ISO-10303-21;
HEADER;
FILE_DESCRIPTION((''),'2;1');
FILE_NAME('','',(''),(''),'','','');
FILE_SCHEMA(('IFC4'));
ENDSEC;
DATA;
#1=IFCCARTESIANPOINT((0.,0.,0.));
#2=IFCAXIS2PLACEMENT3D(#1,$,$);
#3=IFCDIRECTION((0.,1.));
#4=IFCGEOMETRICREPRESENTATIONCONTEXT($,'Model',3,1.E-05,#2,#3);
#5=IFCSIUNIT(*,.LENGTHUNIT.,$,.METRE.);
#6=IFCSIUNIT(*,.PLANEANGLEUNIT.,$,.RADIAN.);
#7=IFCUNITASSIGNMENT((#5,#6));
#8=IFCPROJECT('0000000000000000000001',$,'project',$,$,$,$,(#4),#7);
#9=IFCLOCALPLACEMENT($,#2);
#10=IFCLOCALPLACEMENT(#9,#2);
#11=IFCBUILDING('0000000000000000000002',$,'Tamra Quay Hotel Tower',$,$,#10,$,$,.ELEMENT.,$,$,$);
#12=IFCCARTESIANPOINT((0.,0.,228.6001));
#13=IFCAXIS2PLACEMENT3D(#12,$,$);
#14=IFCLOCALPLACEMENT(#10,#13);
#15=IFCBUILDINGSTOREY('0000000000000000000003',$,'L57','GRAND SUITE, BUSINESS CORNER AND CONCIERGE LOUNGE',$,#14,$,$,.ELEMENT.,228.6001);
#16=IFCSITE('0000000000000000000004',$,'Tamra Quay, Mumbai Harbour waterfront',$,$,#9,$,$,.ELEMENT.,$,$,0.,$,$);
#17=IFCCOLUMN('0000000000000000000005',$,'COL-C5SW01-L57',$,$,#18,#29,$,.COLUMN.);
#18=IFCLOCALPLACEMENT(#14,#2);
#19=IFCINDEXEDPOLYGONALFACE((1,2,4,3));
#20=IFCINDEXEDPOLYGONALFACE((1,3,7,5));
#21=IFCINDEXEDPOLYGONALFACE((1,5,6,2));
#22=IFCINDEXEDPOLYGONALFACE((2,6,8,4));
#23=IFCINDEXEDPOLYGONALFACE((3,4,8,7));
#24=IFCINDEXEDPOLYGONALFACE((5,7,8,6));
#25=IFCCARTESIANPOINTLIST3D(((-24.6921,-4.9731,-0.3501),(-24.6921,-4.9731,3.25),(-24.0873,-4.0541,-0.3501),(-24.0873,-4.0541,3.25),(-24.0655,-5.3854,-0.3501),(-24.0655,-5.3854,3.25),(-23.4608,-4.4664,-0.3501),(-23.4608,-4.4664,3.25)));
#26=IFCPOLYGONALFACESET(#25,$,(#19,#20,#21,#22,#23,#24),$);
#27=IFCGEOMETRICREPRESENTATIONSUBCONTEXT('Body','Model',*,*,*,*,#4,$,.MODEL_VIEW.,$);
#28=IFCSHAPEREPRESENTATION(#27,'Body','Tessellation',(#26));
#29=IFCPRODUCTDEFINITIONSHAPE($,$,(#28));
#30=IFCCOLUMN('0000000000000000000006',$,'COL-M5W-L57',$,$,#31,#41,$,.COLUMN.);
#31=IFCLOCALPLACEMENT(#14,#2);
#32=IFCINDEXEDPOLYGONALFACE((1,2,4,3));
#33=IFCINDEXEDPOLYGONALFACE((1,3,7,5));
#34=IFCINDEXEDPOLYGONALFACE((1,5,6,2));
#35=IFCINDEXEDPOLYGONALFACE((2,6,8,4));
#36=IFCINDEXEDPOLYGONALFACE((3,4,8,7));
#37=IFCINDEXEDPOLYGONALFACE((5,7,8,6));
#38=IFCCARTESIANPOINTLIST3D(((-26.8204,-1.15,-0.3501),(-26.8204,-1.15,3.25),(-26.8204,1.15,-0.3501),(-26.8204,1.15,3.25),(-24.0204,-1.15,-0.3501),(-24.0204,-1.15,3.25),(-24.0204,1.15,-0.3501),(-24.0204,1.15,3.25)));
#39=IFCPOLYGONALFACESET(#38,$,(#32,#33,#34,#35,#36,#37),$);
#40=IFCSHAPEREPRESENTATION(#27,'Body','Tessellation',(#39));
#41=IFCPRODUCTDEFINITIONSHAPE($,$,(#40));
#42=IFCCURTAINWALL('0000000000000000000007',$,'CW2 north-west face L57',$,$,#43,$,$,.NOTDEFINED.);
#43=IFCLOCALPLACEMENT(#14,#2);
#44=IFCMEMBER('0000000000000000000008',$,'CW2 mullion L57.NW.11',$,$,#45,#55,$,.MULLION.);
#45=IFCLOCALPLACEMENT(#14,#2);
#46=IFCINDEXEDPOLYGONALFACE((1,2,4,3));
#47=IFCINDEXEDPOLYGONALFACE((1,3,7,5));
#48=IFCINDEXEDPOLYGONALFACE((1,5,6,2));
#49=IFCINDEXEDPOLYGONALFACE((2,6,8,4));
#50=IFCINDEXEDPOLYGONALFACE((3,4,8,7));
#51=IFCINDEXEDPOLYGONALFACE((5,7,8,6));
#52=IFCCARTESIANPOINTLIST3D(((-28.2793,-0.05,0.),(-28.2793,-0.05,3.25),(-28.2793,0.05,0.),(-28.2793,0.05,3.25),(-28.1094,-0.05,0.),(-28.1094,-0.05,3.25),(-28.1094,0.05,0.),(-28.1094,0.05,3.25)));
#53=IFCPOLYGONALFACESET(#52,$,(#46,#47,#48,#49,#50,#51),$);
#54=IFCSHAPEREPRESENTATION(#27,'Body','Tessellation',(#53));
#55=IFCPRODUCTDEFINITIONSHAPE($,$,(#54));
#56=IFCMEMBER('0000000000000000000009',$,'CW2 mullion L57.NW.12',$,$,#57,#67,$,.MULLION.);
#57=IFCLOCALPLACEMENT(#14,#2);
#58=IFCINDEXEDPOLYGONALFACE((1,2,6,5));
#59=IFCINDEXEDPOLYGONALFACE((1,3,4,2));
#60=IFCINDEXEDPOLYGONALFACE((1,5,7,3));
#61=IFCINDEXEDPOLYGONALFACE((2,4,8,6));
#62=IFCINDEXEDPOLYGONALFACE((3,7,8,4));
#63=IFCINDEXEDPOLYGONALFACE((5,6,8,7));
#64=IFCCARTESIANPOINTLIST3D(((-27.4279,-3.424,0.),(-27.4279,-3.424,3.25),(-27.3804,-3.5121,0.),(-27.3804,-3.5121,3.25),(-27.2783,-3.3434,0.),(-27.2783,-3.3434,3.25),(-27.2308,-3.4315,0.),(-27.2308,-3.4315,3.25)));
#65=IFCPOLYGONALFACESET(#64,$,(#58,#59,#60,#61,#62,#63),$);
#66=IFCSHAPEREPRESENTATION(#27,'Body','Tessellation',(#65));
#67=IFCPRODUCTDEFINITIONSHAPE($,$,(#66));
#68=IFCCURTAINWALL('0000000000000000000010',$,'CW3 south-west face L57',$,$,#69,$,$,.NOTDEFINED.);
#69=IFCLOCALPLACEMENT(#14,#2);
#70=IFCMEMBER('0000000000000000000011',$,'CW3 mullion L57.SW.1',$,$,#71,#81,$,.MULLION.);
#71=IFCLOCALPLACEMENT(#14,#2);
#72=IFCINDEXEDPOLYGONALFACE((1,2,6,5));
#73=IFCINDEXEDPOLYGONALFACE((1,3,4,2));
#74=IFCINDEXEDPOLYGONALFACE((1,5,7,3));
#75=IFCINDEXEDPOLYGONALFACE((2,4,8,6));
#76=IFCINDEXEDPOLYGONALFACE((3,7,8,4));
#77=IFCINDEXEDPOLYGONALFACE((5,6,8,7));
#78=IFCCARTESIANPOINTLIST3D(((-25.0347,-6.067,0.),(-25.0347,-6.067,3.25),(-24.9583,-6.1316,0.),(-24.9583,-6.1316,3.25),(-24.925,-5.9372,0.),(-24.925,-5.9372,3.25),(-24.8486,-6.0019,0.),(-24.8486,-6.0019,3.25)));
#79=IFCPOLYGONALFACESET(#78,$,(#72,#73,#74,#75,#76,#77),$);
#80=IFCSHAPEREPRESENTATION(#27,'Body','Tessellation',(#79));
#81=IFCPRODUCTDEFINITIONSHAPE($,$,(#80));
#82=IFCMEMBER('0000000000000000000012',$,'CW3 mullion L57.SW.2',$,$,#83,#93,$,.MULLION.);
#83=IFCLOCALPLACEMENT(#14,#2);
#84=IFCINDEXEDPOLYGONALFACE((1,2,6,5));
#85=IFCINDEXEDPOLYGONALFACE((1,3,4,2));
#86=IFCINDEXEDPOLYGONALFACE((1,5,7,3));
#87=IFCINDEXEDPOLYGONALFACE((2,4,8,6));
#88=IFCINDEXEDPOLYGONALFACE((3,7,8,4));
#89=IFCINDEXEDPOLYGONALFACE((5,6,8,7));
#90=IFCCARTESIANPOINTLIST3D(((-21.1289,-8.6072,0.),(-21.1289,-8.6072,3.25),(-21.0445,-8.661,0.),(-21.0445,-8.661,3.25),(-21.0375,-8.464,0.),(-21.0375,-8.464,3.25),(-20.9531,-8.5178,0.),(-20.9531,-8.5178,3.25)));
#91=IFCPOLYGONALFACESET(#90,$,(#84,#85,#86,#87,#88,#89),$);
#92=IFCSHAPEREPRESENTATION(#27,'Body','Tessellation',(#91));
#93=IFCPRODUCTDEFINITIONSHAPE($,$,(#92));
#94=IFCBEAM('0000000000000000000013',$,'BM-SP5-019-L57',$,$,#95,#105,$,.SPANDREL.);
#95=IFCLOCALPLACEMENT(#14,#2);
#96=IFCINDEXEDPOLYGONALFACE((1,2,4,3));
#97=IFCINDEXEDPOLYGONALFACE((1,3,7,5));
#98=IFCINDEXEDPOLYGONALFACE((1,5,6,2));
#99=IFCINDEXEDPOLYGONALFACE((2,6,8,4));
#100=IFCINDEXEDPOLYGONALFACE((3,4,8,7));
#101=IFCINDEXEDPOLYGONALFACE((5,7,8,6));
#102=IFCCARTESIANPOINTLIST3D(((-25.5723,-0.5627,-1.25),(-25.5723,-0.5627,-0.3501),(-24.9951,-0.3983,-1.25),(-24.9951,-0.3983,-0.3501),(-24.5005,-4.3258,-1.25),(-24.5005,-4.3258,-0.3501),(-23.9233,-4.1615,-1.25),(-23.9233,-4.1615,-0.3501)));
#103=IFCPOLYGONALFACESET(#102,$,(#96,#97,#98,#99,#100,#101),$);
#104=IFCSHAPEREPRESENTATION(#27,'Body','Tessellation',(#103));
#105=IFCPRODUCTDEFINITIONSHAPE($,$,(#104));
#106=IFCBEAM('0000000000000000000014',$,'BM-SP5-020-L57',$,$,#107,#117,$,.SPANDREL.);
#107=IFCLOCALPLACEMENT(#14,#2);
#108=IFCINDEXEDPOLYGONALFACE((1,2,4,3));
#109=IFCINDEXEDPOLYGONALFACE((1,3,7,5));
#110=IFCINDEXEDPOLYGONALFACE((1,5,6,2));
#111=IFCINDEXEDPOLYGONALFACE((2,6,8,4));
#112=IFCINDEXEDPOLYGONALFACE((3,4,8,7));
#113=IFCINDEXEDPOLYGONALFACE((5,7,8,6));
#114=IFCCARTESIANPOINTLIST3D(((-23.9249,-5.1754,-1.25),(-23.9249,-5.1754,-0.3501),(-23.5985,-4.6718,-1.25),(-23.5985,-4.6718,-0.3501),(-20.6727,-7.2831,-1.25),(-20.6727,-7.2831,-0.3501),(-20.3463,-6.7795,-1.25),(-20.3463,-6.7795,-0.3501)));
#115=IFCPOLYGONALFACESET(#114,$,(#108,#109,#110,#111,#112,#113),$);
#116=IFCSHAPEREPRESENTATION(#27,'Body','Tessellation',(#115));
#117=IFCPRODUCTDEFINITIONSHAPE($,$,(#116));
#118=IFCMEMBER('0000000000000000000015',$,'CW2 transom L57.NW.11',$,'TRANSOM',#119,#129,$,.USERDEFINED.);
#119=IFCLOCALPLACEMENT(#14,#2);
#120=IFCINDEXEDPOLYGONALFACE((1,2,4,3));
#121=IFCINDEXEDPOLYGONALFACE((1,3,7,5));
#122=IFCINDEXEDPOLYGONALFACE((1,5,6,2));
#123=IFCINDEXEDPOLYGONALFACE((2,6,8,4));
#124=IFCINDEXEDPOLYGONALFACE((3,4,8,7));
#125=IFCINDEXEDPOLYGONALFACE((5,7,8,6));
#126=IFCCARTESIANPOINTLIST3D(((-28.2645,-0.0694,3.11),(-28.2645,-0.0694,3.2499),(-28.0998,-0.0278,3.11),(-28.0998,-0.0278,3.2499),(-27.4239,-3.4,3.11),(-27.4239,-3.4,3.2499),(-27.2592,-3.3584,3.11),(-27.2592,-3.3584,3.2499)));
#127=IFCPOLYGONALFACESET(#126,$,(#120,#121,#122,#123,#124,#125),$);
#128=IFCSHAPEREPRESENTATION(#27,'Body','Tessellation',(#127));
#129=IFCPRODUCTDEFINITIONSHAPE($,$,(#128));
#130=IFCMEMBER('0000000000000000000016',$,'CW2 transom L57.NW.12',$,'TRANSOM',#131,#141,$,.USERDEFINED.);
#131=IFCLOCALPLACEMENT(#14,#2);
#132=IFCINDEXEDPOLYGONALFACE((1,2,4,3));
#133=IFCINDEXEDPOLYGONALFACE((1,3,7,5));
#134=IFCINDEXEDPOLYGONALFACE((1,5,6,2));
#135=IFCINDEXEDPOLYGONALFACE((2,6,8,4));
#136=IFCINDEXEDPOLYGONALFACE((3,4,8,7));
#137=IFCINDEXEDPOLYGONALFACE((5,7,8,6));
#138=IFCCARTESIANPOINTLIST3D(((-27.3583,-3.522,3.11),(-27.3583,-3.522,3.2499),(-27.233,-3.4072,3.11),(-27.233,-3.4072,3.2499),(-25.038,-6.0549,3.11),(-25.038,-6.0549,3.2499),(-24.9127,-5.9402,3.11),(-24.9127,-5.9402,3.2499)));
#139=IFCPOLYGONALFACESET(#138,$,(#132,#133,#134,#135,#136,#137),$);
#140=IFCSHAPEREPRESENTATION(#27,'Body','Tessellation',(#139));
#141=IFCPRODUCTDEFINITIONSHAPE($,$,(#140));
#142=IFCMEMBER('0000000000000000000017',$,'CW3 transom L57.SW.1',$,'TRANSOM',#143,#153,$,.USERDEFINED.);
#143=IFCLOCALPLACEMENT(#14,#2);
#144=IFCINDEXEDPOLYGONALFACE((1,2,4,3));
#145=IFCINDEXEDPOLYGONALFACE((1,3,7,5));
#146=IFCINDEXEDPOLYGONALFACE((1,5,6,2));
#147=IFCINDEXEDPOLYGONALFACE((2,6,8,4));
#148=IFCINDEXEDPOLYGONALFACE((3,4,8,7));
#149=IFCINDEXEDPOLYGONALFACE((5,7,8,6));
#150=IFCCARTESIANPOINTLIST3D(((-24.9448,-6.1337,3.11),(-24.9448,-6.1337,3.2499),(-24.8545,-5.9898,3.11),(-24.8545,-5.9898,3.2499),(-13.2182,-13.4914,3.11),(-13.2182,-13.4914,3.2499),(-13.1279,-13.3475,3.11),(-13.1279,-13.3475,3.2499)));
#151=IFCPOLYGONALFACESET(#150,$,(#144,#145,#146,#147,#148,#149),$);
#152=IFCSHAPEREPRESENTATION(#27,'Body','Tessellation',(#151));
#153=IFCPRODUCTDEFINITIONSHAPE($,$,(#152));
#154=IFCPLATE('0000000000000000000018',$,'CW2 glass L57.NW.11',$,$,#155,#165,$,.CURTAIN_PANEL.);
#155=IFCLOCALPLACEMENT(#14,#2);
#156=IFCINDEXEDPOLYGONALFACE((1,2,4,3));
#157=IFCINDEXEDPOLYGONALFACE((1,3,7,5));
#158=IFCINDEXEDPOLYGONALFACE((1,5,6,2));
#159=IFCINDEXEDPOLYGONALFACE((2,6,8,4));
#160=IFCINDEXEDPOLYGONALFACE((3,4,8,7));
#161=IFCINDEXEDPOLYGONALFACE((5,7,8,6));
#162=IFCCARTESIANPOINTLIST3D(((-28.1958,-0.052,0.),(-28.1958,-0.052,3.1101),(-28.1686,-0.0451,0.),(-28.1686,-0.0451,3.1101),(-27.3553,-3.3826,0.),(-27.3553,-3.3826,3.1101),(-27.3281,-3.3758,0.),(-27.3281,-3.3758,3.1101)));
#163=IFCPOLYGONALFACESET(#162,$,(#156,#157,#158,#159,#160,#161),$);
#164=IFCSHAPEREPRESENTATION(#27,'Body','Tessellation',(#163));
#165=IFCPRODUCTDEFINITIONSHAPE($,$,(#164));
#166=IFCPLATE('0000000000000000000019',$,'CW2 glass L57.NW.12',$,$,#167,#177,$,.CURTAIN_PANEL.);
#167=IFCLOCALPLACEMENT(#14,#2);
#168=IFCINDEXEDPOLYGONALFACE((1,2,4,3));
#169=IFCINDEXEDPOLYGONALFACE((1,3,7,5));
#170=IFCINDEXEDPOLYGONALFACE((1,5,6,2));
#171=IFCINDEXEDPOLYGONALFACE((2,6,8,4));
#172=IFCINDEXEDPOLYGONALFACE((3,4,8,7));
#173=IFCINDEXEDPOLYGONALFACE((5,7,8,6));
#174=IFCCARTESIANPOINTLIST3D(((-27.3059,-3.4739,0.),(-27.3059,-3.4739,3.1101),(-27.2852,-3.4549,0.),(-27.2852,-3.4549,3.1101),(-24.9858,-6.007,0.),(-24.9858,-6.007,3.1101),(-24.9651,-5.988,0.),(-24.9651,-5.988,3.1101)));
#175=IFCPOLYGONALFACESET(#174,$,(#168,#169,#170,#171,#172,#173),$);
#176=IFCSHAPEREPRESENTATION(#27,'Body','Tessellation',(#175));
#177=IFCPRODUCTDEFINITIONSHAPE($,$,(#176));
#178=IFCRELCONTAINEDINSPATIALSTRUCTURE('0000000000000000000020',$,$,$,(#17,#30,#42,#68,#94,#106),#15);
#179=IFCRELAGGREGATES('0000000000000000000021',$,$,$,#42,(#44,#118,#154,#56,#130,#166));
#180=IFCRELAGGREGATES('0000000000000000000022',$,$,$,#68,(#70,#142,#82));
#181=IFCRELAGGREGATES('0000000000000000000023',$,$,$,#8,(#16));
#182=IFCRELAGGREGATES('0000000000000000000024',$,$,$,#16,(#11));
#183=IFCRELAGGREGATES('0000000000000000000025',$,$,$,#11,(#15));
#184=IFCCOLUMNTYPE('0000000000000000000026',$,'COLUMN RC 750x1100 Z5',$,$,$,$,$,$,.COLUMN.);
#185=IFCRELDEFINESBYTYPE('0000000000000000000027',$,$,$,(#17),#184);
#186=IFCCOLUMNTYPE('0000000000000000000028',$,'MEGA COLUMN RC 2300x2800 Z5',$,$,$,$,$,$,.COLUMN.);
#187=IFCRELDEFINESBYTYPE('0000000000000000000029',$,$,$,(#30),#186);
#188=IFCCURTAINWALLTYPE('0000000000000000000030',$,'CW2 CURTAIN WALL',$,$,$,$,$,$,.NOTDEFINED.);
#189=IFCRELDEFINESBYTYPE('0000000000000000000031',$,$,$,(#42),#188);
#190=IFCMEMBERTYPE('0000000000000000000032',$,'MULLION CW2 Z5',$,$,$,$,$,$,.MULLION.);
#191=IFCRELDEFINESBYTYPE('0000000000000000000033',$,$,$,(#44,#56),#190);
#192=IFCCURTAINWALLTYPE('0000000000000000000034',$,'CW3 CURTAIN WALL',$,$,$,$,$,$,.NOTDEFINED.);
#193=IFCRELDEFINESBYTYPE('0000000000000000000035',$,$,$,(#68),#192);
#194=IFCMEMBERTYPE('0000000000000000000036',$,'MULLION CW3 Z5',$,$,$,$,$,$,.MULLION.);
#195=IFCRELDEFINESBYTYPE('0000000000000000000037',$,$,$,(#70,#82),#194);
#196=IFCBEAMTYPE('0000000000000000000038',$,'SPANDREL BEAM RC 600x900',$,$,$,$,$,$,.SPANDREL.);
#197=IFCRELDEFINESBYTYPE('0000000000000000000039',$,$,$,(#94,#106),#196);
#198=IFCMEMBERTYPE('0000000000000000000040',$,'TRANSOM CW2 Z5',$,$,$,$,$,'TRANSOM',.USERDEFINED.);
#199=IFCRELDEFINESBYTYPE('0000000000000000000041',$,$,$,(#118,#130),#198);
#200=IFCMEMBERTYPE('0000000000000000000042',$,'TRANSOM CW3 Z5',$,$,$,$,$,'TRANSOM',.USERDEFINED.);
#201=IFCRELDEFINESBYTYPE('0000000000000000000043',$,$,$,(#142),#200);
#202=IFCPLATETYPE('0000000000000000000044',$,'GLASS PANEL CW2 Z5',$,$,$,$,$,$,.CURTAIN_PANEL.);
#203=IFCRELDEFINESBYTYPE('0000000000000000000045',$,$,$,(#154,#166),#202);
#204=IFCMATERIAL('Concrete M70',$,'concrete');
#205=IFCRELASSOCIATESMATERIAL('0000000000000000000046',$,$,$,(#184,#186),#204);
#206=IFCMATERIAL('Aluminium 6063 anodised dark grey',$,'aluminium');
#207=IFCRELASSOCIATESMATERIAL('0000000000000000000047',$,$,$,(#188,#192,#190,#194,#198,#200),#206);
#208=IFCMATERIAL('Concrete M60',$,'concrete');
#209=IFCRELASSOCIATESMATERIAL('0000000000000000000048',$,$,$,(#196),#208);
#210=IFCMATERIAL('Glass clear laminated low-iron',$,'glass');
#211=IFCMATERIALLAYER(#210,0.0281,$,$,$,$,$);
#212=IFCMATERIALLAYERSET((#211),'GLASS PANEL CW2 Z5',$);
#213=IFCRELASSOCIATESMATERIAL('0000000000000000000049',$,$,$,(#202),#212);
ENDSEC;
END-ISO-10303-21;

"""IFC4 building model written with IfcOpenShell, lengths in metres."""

from ifc_helpers import new_model, si_unit, direction, frame, origin, origin_2d, place, context, subcontext, project, spatial, rectangle, extrude, material, layer, layer_set, material_profile, profile_set, type_object, element, aggregate, save


model = new_model("IFC4")

# Units and contexts
model_context = context("Model", 3, precision=1e-05, world=origin(), true_north=direction((0.0, 1.0)))
body_context = subcontext(model_context, "Body", "Model", "MODEL_VIEW")
ifc_project = project(units=[si_unit("LENGTHUNIT", "METRE"), si_unit("PLANEANGLEUNIT", "RADIAN")], contexts=[model_context])

# Site, building, storey
site_placement = place(None, origin())
site = spatial("IfcSite", under=ifc_project, at=site_placement, Name="Tamra Quay, Mumbai Harbour waterfront", CompositionType="ELEMENT", RefElevation=0.0)
building_placement = place(site_placement, origin())
building = spatial("IfcBuilding", under=site, at=building_placement, Name="Tamra Quay Hotel Tower", CompositionType="ELEMENT")
storey_placement = place(building_placement, frame((0.0, 0.0, 228.6001)))
storey = spatial("IfcBuildingStorey", under=building, at=storey_placement, Name="L57", Description="GRAND SUITE, BUSINESS CORNER AND CONCIERGE LOUNGE", CompositionType="ELEMENT", Elevation=228.6001)

# Columns
ifc_material_1 = material(Name="Concrete M70", Category="concrete")
ifc_material_profile_1 = material_profile(ifc_material_1, rectangle(XDim=1.1001, YDim=0.75, at=origin_2d()), Name="COLUMN RC 750x1100 Z5")
ifc_profile_set_1 = profile_set([ifc_material_profile_1], Name="Concrete M70")
column_type_1 = type_object("IfcColumnType", Name="COLUMN RC 750x1100 Z5", PredefinedType="COLUMN", material=ifc_profile_set_1)
column_1_placement = place(storey_placement, frame((-24.0764, -4.7197, -0.3501), z_axis=(0.0, 0.0, 1.0), x_axis=(0.549739, 0.835337, 0.0)))
element("IfcColumn", 1, at=column_1_placement, inside=storey, type_object=column_type_1, Name="COL-C5SW01-L57", PredefinedType="COLUMN", context=body_context, shape_type="SweptSolid", body=[
    extrude(rectangle(XDim=1.1001, YDim=0.75, at=origin_2d()), origin(), (0.0, 0.0, 1.0), 3.6001),
])
ifc_material_profile_2 = material_profile(ifc_material_1, rectangle(XDim=2.8, YDim=2.3, at=origin_2d()), Name="MEGA COLUMN RC 2300x2800 Z5")
ifc_profile_set_2 = profile_set([ifc_material_profile_2], Name="Concrete M70")
column_type_2 = type_object("IfcColumnType", Name="MEGA COLUMN RC 2300x2800 Z5", PredefinedType="COLUMN", material=ifc_profile_set_2)
column_2_placement = place(storey_placement, frame((-25.4204, 0.0, -0.3501), z_axis=(0.0, 0.0, 1.0), x_axis=(1.0, 0.0, 0.0)))
element("IfcColumn", 2, at=column_2_placement, inside=storey, type_object=column_type_2, Name="COL-M5W-L57", PredefinedType="COLUMN", context=body_context, shape_type="SweptSolid", body=[
    extrude(rectangle(XDim=2.8, YDim=2.3, at=origin_2d()), origin(), (0.0, 0.0, 1.0), 3.6001),
])

# Curtain walls, members
ifc_material_2 = material(Name="Aluminium 6063 anodised dark grey", Category="aluminium")
curtain_wall_type_1 = type_object("IfcCurtainWallType", Name="CW2 CURTAIN WALL", PredefinedType="NOTDEFINED", material=ifc_material_2)
curtain_wall_1_placement = place(storey_placement, origin())
curtain_wall_1 = element("IfcCurtainWall", 3, at=curtain_wall_1_placement, inside=storey, type_object=curtain_wall_type_1, Name="CW2 north-west face L57", PredefinedType="NOTDEFINED")
ifc_material_profile_3 = material_profile(ifc_material_2, rectangle(XDim=0.1699, YDim=0.1001, at=origin_2d()), Name="MULLION 100X170")
ifc_profile_set_3 = profile_set([ifc_material_profile_3], Name="Aluminium 6063 anodised dark grey")
member_type_1 = type_object("IfcMemberType", Name="MULLION CW2 Z5", PredefinedType="MULLION", material=ifc_profile_set_3)
member_1_placement = place(storey_placement, frame((-28.1943, 0.0, 0.0), z_axis=(0.0, 0.0, 1.0), x_axis=(-1.0, 0.0, 0.0)))
member_1 = element("IfcMember", 4, at=member_1_placement, type_object=member_type_1, Name="CW2 mullion L57.NW.11", PredefinedType="MULLION", context=body_context, shape_type="SweptSolid", body=[
    extrude(rectangle(XDim=0.1699, YDim=0.1001, at=origin_2d()), origin(), (0.0, 0.0, 1.0), 3.25),
])
member_2_placement = place(storey_placement, frame((-27.3293, -3.4277, 0.0), z_axis=(0.0, 0.0, 1.0), x_axis=(-0.880267, -0.474479, 0.0)))
member_2 = element("IfcMember", 5, at=member_2_placement, type_object=member_type_1, Name="CW2 mullion L57.NW.12", PredefinedType="MULLION", context=body_context, shape_type="SweptSolid", body=[
    extrude(rectangle(XDim=0.1699, YDim=0.1001, at=origin_2d()), origin(), (0.0, 0.0, 1.0), 3.25),
])
curtain_wall_type_2 = type_object("IfcCurtainWallType", Name="CW3 CURTAIN WALL", PredefinedType="NOTDEFINED", material=ifc_material_2)
curtain_wall_2_placement = place(storey_placement, origin())
curtain_wall_2 = element("IfcCurtainWall", 6, at=curtain_wall_2_placement, inside=storey, type_object=curtain_wall_type_2, Name="CW3 south-west face L57", PredefinedType="NOTDEFINED")
ifc_material_profile_4 = material_profile(ifc_material_2, rectangle(XDim=0.1699, YDim=0.1001, at=origin_2d()), Name="MULLION 100X170")
ifc_profile_set_4 = profile_set([ifc_material_profile_4], Name="Aluminium 6063 anodised dark grey")
member_type_2 = type_object("IfcMemberType", Name="MULLION CW3 Z5", PredefinedType="MULLION", material=ifc_profile_set_4)
member_3_placement = place(storey_placement, frame((-24.9417, -6.0344, 0.0), z_axis=(0.0, 0.0, 1.0), x_axis=(-0.645846, -0.763467, 0.0)))
member_3 = element("IfcMember", 7, at=member_3_placement, type_object=member_type_2, Name="CW3 mullion L57.SW.1", PredefinedType="MULLION", context=body_context, shape_type="SweptSolid", body=[
    extrude(rectangle(XDim=0.1699, YDim=0.1001, at=origin_2d()), origin(), (0.0, 0.0, 1.0), 3.25),
])
member_4_placement = place(storey_placement, frame((-21.041, -8.5625, 0.0), z_axis=(0.0, 0.0, 1.0), x_axis=(-0.537684, -0.843146, 0.0)))
member_4 = element("IfcMember", 8, at=member_4_placement, type_object=member_type_2, Name="CW3 mullion L57.SW.2", PredefinedType="MULLION", context=body_context, shape_type="SweptSolid", body=[
    extrude(rectangle(XDim=0.1699, YDim=0.1001, at=origin_2d()), origin(), (0.0, 0.0, 1.0), 3.25),
])

# Beams
ifc_material_3 = material(Name="Concrete M60", Category="concrete")
ifc_material_profile_5 = material_profile(ifc_material_3, rectangle(XDim=0.6001, YDim=0.8999, at=origin_2d()), Name="SPANDREL BEAM RC 600x900")
ifc_profile_set_5 = profile_set([ifc_material_profile_5], Name="Concrete M60")
beam_type = type_object("IfcBeamType", Name="SPANDREL BEAM RC 600x900", PredefinedType="SPANDREL", material=ifc_profile_set_5)
beam_1_placement = place(storey_placement, frame((-25.2837, -0.4805, -0.8), z_axis=(0.273913, -0.961754, 0.0), x_axis=(0.961754, 0.273913, 0.0)))
element("IfcBeam", 9, at=beam_1_placement, inside=storey, type_object=beam_type, Name="BM-SP5-019-L57", PredefinedType="SPANDREL", context=body_context, shape_type="SweptSolid", body=[
    extrude(rectangle(XDim=0.6001, YDim=0.8999, at=origin_2d()), origin(), (0.0, 0.0, 1.0), 3.9128),
])
beam_2_placement = place(storey_placement, frame((-23.7617, -4.9236, -0.8), z_axis=(0.839181, -0.543852, 0.0), x_axis=(0.543852, 0.839181, 0.0)))
element("IfcBeam", 10, at=beam_2_placement, inside=storey, type_object=beam_type, Name="BM-SP5-020-L57", PredefinedType="SPANDREL", context=body_context, shape_type="SweptSolid", body=[
    extrude(rectangle(XDim=0.6001, YDim=0.8999, at=origin_2d()), origin(), (0.0, 0.0, 1.0), 3.8755),
])

# Members
ifc_material_profile_6 = material_profile(ifc_material_2, rectangle(XDim=0.1699, YDim=0.1399, at=origin_2d()), Name="TRANSOM 170X140")
ifc_profile_set_6 = profile_set([ifc_material_profile_6], Name="Aluminium 6063 anodised dark grey")
member_type_3 = type_object("IfcMemberType", Name="TRANSOM CW2 Z5", ElementType="TRANSOM", PredefinedType="USERDEFINED", material=ifc_profile_set_6)
member_5_placement = place(storey_placement, frame((-28.1821, -0.0486, 3.1799), z_axis=(0.244709, -0.969597, 0.0), x_axis=(0.969597, 0.244709, 0.0)))
member_5 = element("IfcMember", 11, at=member_5_placement, type_object=member_type_3, Name="CW2 transom L57.NW.11", ObjectType="TRANSOM", PredefinedType="USERDEFINED", context=body_context, shape_type="SweptSolid", body=[
    extrude(rectangle(XDim=0.1699, YDim=0.1399, at=origin_2d()), origin(), (0.0, 0.0, 1.0), 3.4351),
])
member_6_placement = place(storey_placement, frame((-27.2957, -3.4646, 3.1799), z_axis=(0.675477, -0.737381, 0.0), x_axis=(0.737381, 0.675477, 0.0)))
member_6 = element("IfcMember", 12, at=member_6_placement, type_object=member_type_3, Name="CW2 transom L57.NW.12", ObjectType="TRANSOM", PredefinedType="USERDEFINED", context=body_context, shape_type="SweptSolid", body=[
    extrude(rectangle(XDim=0.1699, YDim=0.1399, at=origin_2d()), origin(), (0.0, 0.0, 1.0), 3.4351),
])
ifc_material_profile_7 = material_profile(ifc_material_2, rectangle(XDim=0.1699, YDim=0.1399, at=origin_2d()), Name="TRANSOM 170X140")
ifc_profile_set_7 = profile_set([ifc_material_profile_7], Name="Aluminium 6063 anodised dark grey")
member_type_4 = type_object("IfcMemberType", Name="TRANSOM CW3 Z5", ElementType="TRANSOM", PredefinedType="USERDEFINED", material=ifc_profile_set_7)
member_7_placement = place(storey_placement, frame((-24.8997, -6.0618, 3.1799), z_axis=(0.84707, -0.531482, 0.0), x_axis=(0.531482, 0.84707, 0.0)))
member_7 = element("IfcMember", 13, at=member_7_placement, type_object=member_type_4, Name="CW3 transom L57.SW.1", ObjectType="TRANSOM", PredefinedType="USERDEFINED", context=body_context, shape_type="SweptSolid", body=[
    extrude(rectangle(XDim=0.1699, YDim=0.1399, at=origin_2d()), origin(), (0.0, 0.0, 1.0), 13.8438),
])

# Plates
ifc_material_4 = material(Name="Glass clear laminated low-iron", Category="glass")
ifc_layer_1 = layer(ifc_material_4, 0.0281)
ifc_layer_set_1 = layer_set([ifc_layer_1], Name="GLASS PANEL CW2 Z5")
plate_type_1 = type_object("IfcPlateType", Name="GLASS PANEL CW2 Z5", PredefinedType="CURTAIN_PANEL", material=ifc_layer_set_1)
plate_1_placement = place(storey_placement, frame((-27.762, -1.7139, 0.0), z_axis=(0.0, 0.0, 1.0), x_axis=(0.244677, -0.969605, 0.0)))
plate_1 = element("IfcPlate", 14, at=plate_1_placement, type_object=plate_type_1, Name="CW2 glass L57.NW.11", PredefinedType="CURTAIN_PANEL", context=body_context, shape_type="SweptSolid", body=[
    extrude(rectangle(XDim=3.4351, YDim=0.0281, at=origin_2d()), origin(), (0.0, 0.0, 1.0), 3.1101),
])
plate_2_placement = place(storey_placement, frame((-26.1355, -4.731, 0.0), z_axis=(0.0, 0.0, 1.0), x_axis=(0.675438, -0.737417, 0.0)))
plate_2 = element("IfcPlate", 15, at=plate_2_placement, type_object=plate_type_1, Name="CW2 glass L57.NW.12", PredefinedType="CURTAIN_PANEL", context=body_context, shape_type="SweptSolid", body=[
    extrude(rectangle(XDim=3.4351, YDim=0.0281, at=origin_2d()), origin(), (0.0, 0.0, 1.0), 3.1101),
])
aggregate(curtain_wall_1, [member_1, member_5, plate_1, member_2, member_6, plate_2])
aggregate(curtain_wall_2, [member_3, member_7, member_4])

save(model, "model.ifc")
